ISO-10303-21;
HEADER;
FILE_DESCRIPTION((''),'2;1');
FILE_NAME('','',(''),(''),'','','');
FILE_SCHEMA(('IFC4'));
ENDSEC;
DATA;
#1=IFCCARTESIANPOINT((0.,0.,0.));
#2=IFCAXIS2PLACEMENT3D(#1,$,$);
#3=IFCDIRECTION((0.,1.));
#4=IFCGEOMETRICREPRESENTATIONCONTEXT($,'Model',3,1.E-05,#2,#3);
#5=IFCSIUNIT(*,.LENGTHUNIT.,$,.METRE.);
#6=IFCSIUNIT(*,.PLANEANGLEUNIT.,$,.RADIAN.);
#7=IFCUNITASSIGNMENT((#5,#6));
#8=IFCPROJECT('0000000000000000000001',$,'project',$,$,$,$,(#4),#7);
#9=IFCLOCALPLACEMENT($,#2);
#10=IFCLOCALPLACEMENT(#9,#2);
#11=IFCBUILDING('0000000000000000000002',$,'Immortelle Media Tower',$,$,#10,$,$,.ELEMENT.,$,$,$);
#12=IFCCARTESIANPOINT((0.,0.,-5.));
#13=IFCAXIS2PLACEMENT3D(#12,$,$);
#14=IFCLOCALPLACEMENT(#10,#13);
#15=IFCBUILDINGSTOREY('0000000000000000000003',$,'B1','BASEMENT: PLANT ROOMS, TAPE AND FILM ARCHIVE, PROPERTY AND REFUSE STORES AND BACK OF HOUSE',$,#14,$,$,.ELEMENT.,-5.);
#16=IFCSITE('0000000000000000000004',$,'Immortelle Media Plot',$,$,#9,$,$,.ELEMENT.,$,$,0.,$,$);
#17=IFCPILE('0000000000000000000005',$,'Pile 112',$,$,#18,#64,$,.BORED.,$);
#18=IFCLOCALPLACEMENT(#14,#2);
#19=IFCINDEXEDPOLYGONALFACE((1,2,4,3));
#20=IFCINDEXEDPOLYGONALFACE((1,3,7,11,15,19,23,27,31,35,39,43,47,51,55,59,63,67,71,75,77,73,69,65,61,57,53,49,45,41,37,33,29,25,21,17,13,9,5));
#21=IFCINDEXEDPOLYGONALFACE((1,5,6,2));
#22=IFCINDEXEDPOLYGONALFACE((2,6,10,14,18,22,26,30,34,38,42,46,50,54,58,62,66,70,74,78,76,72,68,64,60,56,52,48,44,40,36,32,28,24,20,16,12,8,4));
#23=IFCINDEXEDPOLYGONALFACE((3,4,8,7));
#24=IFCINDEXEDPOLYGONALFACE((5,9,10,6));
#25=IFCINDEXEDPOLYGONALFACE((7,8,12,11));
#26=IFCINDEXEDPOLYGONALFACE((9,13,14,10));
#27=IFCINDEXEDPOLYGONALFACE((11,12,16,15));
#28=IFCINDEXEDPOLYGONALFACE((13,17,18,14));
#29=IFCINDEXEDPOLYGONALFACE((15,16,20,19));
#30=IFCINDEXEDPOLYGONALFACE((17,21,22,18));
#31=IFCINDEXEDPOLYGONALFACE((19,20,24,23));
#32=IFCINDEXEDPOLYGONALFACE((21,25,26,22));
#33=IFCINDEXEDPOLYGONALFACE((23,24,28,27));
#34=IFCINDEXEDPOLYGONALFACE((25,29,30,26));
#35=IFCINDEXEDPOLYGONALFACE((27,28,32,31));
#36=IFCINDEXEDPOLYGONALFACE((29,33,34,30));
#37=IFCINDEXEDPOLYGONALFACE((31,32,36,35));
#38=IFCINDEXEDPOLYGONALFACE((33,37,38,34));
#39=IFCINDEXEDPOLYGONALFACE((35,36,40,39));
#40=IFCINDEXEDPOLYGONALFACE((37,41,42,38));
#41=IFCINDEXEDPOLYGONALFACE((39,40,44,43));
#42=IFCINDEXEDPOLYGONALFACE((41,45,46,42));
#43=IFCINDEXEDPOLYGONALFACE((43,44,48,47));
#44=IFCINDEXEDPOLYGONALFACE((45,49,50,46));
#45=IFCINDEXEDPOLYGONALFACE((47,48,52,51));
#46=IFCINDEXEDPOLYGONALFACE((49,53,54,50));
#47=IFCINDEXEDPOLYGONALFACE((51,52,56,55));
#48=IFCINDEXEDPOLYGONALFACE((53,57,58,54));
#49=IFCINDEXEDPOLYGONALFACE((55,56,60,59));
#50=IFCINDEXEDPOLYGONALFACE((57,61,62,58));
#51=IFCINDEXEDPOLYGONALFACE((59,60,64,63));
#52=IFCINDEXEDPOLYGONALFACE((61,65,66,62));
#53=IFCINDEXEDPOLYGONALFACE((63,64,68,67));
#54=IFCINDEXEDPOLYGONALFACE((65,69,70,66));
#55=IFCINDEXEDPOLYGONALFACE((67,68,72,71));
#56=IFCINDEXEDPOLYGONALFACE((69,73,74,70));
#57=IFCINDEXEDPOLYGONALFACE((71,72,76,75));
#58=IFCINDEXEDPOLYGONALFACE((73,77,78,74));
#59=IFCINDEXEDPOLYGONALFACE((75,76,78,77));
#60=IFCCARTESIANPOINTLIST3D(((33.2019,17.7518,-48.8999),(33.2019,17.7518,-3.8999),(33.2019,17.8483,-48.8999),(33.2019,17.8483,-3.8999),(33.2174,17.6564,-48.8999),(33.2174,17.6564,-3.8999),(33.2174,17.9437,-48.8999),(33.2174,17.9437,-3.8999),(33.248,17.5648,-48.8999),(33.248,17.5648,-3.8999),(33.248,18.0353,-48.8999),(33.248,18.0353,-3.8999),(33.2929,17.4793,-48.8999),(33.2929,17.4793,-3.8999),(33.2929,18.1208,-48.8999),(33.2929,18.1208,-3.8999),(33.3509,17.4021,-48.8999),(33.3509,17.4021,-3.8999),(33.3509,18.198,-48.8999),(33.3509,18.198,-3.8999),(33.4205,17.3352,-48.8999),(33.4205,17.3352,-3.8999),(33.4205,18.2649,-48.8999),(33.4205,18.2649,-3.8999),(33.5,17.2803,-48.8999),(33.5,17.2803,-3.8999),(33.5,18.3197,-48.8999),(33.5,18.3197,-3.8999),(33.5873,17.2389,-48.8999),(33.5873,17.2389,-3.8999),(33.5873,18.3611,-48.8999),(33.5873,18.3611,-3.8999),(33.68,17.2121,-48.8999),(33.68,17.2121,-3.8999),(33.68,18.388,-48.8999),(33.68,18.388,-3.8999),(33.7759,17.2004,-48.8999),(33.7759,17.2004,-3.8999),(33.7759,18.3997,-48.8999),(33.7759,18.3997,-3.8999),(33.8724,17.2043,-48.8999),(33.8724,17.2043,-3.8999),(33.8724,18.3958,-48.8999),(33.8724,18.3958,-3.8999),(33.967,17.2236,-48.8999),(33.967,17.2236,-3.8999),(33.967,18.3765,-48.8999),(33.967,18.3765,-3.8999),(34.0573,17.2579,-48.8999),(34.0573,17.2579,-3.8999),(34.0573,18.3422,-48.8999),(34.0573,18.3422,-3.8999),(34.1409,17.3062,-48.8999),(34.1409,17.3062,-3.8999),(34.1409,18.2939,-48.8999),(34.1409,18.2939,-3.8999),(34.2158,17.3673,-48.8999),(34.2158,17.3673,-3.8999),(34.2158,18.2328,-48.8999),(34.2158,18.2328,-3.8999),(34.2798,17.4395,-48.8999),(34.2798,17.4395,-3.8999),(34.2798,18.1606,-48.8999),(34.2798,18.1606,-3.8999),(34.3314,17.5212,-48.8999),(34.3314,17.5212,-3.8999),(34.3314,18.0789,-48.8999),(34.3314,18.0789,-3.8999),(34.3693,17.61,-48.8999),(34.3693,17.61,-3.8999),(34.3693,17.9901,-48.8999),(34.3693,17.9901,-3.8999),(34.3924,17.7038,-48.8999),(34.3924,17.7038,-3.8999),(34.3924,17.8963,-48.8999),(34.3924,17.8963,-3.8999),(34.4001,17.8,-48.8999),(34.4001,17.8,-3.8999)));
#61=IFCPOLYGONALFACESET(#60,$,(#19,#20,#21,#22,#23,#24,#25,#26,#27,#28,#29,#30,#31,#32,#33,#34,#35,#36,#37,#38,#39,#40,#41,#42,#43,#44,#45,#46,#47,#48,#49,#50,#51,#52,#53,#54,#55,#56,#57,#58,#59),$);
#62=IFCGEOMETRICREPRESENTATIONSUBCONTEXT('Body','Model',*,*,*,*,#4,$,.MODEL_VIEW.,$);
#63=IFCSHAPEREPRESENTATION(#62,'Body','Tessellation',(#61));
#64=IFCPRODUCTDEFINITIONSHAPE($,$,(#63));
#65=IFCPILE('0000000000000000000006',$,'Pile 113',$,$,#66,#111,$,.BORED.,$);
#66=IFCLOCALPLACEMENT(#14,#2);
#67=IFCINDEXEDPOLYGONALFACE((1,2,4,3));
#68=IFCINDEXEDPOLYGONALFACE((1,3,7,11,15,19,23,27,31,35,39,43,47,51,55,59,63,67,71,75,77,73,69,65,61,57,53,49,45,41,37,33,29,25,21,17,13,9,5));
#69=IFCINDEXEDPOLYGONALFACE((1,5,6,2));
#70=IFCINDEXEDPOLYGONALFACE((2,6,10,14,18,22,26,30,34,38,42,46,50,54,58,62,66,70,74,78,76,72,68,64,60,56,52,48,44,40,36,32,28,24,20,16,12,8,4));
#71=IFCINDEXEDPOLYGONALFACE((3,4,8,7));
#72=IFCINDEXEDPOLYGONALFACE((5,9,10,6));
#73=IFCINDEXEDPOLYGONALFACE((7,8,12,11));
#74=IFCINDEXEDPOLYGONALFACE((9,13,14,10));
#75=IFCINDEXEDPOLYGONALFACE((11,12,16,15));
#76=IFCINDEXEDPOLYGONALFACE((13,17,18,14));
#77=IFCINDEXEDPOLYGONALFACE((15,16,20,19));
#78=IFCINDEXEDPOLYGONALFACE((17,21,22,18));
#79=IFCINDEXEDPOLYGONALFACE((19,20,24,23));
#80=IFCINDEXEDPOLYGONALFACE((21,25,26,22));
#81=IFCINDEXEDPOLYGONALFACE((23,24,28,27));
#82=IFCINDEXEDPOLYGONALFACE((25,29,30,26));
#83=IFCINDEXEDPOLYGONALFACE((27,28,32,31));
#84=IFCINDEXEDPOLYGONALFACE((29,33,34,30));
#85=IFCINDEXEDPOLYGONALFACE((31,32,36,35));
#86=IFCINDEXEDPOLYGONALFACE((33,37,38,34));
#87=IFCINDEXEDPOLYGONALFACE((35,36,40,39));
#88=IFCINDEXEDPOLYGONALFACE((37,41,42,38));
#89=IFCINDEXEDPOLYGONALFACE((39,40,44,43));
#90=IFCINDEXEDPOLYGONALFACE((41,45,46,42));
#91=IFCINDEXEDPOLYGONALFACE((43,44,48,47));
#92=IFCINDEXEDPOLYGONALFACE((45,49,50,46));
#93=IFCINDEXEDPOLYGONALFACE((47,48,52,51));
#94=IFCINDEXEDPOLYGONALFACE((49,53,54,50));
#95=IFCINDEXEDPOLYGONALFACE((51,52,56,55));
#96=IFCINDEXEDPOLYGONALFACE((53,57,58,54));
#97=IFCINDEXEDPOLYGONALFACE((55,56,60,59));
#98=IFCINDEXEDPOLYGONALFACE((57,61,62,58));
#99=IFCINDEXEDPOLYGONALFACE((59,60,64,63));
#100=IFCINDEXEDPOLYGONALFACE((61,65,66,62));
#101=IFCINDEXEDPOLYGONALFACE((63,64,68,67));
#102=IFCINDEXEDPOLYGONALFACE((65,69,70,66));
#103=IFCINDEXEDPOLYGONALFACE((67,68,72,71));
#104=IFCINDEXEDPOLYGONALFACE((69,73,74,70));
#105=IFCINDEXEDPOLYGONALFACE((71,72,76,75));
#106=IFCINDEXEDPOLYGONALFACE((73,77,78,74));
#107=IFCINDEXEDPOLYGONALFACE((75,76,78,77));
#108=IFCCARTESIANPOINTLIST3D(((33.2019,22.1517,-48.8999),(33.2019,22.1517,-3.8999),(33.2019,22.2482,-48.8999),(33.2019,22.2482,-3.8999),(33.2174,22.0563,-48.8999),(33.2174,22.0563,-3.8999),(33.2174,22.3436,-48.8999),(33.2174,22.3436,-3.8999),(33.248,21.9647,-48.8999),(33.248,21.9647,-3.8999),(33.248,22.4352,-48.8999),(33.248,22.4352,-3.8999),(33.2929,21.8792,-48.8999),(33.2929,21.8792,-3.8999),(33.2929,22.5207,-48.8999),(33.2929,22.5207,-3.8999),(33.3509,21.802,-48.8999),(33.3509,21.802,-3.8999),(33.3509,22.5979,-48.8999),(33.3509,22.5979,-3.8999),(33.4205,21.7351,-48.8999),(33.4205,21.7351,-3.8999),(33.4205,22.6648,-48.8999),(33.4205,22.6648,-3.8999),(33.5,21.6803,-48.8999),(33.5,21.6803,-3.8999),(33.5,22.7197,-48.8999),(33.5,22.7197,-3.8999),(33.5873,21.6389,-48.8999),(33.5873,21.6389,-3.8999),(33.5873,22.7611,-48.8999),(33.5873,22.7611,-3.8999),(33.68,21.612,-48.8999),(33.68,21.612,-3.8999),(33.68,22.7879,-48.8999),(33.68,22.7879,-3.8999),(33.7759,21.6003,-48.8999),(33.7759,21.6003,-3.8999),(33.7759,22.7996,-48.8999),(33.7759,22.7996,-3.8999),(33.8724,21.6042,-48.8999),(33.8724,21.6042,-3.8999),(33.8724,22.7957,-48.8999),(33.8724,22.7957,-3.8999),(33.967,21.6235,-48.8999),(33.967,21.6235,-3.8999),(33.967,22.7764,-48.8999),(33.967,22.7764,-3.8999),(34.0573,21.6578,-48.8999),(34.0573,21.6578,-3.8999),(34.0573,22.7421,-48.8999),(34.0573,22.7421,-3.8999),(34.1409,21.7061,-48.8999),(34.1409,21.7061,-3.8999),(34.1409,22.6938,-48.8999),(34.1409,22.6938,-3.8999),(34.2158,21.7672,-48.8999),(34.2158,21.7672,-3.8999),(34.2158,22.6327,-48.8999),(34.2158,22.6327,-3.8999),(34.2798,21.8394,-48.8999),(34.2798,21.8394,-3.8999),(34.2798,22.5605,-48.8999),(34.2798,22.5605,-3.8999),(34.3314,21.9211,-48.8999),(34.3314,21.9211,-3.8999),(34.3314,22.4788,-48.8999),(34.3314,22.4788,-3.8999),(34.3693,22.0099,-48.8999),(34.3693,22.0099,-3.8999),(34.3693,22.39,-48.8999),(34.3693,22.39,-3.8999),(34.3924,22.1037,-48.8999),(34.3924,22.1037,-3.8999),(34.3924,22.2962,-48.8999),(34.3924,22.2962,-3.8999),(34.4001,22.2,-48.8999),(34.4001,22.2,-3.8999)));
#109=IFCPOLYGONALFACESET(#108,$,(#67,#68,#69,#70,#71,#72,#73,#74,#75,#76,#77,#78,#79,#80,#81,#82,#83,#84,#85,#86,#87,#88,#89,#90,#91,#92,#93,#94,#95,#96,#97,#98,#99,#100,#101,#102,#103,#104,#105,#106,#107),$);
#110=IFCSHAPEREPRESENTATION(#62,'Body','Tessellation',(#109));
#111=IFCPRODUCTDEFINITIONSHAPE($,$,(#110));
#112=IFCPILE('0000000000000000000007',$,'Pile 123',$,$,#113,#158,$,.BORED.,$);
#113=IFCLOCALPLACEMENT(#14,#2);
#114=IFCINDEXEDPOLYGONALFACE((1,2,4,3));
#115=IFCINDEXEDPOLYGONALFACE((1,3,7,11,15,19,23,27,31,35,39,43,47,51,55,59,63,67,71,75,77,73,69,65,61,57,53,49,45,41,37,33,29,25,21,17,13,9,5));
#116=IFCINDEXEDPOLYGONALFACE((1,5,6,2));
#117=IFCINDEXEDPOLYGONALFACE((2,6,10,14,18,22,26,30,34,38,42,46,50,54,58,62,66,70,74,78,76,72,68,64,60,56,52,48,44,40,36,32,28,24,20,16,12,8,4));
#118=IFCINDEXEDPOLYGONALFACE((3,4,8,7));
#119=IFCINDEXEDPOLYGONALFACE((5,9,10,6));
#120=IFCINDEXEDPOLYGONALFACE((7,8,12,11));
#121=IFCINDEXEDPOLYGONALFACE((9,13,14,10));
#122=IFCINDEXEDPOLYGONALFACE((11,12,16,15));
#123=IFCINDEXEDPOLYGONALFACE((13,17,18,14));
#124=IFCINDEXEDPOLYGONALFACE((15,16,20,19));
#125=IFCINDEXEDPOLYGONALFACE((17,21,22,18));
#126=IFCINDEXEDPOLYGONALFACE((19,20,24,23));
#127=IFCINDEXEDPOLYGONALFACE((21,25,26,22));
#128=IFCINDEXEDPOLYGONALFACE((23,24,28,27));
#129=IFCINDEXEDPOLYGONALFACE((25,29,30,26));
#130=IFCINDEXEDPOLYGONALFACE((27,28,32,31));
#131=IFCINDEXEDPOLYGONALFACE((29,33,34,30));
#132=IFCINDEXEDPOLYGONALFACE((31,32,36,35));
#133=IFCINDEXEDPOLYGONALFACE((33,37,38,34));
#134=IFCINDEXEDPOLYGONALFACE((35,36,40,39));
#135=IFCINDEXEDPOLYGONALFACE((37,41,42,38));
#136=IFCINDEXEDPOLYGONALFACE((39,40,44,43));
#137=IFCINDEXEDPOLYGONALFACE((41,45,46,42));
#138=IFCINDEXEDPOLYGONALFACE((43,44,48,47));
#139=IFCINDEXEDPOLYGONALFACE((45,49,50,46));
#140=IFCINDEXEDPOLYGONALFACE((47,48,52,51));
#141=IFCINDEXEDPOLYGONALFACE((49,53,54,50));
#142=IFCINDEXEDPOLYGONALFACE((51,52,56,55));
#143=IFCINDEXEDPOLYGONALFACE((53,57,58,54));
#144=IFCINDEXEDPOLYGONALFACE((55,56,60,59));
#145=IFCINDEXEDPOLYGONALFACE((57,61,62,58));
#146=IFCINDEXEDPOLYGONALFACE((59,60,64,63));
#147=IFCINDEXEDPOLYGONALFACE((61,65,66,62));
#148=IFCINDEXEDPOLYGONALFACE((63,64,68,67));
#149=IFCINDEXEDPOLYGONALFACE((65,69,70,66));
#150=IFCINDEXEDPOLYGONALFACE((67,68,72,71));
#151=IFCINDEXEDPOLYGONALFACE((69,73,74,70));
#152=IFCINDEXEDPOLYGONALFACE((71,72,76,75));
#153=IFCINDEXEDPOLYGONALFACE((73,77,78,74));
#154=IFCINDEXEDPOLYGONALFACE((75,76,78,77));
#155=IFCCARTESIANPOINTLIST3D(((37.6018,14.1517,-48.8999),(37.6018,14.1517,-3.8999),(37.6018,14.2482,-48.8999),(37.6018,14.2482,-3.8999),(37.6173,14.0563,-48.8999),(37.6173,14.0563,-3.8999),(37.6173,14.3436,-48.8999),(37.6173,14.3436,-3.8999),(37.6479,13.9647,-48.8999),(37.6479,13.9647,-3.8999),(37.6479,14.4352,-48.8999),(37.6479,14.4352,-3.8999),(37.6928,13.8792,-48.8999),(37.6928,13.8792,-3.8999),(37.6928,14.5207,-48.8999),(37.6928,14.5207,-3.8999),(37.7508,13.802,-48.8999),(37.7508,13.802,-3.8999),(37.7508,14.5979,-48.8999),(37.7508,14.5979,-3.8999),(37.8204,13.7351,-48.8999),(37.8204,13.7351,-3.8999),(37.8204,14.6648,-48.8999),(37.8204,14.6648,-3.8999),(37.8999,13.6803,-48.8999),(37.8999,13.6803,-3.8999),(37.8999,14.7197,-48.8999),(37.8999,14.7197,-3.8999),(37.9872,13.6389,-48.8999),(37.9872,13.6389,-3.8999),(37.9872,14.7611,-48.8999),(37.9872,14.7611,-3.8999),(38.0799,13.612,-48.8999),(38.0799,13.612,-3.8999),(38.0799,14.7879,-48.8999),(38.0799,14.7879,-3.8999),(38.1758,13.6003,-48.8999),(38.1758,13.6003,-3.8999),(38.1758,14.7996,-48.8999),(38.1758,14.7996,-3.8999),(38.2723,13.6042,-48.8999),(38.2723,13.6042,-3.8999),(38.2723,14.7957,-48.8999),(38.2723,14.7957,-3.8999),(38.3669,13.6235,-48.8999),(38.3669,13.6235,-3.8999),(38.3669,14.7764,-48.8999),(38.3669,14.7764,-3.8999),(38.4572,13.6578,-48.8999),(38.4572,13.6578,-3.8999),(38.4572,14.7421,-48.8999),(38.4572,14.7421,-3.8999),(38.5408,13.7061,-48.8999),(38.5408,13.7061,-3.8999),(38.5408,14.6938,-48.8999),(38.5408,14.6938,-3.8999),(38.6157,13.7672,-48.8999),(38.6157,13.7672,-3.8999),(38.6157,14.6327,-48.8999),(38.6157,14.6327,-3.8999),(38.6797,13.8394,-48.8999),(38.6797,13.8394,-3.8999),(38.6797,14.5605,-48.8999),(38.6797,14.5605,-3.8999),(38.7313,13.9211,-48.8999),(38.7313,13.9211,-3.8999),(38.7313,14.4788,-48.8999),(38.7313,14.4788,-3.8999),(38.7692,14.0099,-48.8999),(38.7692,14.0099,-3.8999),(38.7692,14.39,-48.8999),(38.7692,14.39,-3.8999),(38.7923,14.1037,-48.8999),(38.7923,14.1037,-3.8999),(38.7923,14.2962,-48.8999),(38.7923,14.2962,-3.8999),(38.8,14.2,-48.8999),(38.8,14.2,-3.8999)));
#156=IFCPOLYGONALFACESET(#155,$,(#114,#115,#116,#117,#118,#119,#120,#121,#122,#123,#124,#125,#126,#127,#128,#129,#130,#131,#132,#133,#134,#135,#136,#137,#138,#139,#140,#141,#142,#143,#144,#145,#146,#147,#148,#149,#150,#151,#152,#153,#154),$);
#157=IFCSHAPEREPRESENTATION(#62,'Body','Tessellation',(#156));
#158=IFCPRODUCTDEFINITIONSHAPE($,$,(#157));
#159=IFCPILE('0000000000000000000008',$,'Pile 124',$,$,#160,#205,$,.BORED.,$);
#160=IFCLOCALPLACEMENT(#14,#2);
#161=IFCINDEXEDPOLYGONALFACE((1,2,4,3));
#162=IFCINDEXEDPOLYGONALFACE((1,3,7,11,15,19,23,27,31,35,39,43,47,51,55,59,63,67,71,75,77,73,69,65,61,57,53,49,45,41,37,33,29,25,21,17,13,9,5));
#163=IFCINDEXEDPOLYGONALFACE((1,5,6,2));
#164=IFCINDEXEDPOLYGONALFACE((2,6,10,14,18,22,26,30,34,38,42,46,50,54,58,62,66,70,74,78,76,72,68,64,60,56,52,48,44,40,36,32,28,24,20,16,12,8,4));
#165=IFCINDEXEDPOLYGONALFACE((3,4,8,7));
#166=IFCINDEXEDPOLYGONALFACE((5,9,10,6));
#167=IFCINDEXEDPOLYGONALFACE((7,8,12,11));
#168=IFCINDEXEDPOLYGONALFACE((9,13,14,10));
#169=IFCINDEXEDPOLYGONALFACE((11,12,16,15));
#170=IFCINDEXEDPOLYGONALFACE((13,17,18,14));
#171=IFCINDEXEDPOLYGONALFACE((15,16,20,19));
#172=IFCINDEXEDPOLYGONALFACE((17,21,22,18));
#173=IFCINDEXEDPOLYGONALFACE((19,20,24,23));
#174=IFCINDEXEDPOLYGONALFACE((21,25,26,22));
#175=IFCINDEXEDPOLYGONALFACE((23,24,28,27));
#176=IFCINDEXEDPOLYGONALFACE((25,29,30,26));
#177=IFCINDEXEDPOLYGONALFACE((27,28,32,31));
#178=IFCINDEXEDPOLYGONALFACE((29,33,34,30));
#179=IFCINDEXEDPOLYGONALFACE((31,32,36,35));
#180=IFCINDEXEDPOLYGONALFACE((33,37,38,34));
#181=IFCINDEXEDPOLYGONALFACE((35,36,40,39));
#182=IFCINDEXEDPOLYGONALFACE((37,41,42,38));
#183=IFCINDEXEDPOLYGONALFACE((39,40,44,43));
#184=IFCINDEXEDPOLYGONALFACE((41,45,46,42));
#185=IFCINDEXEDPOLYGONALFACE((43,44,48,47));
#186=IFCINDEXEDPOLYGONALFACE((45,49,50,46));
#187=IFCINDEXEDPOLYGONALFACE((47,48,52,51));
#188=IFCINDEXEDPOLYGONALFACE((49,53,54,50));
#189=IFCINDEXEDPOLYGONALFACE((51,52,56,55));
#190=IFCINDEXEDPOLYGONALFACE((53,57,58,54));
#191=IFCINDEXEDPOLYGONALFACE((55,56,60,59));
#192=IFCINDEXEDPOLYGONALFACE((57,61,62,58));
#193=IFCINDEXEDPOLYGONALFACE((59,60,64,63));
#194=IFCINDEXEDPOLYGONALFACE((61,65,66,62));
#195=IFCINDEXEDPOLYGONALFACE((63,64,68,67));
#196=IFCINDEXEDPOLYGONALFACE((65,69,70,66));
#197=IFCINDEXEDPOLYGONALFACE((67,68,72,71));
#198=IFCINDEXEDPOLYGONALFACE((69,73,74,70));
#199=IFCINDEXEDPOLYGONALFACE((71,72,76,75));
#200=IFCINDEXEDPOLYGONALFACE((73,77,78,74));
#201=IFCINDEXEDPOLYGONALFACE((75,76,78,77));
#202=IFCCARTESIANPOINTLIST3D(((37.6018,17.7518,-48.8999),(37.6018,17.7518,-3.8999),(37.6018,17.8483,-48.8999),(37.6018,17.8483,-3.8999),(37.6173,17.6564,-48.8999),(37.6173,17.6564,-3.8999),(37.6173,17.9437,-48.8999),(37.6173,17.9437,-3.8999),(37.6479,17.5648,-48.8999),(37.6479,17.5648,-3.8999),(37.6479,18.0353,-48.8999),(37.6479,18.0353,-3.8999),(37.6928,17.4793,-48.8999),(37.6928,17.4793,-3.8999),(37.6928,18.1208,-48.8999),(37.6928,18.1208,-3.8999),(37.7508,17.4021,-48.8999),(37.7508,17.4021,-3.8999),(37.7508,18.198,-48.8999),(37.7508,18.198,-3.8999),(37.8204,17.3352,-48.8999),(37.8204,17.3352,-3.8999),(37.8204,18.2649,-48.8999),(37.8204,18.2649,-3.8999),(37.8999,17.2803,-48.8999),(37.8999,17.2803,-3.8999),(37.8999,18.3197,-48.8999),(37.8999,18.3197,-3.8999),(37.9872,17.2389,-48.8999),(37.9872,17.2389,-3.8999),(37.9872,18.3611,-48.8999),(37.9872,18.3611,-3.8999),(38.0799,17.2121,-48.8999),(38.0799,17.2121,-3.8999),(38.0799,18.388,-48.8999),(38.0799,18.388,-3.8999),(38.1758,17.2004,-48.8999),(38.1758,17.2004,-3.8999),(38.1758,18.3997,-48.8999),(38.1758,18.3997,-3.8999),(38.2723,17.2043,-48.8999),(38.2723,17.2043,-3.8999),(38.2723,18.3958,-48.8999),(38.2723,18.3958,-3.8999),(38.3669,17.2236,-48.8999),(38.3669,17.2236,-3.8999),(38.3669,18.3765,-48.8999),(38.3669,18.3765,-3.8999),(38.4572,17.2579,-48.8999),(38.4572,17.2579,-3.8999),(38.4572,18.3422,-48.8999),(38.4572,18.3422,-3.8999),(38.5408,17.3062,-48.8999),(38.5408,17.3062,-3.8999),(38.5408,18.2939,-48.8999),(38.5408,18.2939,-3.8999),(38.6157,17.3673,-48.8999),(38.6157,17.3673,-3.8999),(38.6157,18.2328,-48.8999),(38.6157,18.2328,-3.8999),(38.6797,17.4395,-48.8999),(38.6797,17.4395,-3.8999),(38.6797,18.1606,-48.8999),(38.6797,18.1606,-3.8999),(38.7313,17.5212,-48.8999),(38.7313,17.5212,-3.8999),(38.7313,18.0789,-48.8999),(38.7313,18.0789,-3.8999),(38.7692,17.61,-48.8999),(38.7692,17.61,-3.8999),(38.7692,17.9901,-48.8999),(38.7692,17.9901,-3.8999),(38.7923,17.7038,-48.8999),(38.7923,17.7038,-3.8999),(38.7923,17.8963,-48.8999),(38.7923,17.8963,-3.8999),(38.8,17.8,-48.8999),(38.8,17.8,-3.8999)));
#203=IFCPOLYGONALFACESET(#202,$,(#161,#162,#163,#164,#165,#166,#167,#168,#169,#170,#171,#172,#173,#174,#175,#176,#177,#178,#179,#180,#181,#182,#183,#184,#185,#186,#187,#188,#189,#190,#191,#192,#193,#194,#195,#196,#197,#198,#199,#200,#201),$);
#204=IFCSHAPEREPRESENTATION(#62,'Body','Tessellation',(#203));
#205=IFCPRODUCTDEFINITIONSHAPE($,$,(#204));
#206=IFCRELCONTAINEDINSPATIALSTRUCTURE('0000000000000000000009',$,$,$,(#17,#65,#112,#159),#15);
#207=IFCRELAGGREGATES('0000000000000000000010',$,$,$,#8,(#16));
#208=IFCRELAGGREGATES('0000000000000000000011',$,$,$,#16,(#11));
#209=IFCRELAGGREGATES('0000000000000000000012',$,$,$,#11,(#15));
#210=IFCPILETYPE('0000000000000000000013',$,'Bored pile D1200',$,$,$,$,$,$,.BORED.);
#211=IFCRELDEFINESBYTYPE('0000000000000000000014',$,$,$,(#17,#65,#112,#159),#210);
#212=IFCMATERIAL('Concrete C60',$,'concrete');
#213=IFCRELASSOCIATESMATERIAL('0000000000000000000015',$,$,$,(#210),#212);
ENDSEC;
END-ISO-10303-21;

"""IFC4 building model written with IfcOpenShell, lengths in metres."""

from ifc_helpers import new_model, si_unit, direction, frame, origin, origin_2d, place, context, subcontext, project, spatial, circle, extrude, material, material_profile, profile_set, type_object, element, save


model = new_model("IFC4")

# Units and contexts
model_context = context("Model", 3, precision=1e-05, world=origin(), true_north=direction((0.0, 1.0)))
body_context = subcontext(model_context, "Body", "Model", "MODEL_VIEW")
ifc_project = project(units=[si_unit("LENGTHUNIT", "METRE"), si_unit("PLANEANGLEUNIT", "RADIAN")], contexts=[model_context])

# Site, building, storey
site_placement = place(None, origin())
site = spatial("IfcSite", under=ifc_project, at=site_placement, Name="Immortelle Media Plot", CompositionType="ELEMENT", RefElevation=0.0)
building_placement = place(site_placement, origin())
building = spatial("IfcBuilding", under=site, at=building_placement, Name="Immortelle Media Tower", CompositionType="ELEMENT")
storey_placement = place(building_placement, frame((0.0, 0.0, -5.0)))
storey = spatial("IfcBuildingStorey", under=building, at=storey_placement, Name="B1", Description="BASEMENT: PLANT ROOMS, TAPE AND FILM ARCHIVE, PROPERTY AND REFUSE STORES AND BACK OF HOUSE", CompositionType="ELEMENT", Elevation=-5.0)

# Piles
ifc_material_1 = material(Name="Concrete C60", Category="concrete")
ifc_material_profile_1 = material_profile(ifc_material_1, circle(Radius=0.6001, at=origin_2d()), Name="Bored pile D1200")
ifc_profile_set_1 = profile_set([ifc_material_profile_1], Name="Concrete C60")
pile_type = type_object("IfcPileType", Name="Bored pile D1200", PredefinedType="BORED", material=ifc_profile_set_1)
for number, where, z_axis, x_axis, name in (
    (1, (33.8, 17.8, -3.8999), (0.0, 0.0, -1.0), (1.0, 0.0, 0.0), "Pile 112"),
    (2, (33.8, 22.2, -3.8999), (0.0, 0.0, -1.0), (1.0, 0.0, 0.0), "Pile 113"),
    (3, (38.2, 14.2, -3.8999), (0.0, 0.0, -1.0), (1.0, 0.0, 0.0), "Pile 123"),
    (4, (38.2, 17.8, -3.8999), (0.0, 0.0, -1.0), (1.0, 0.0, 0.0), "Pile 124"),
):
    element("IfcPile", number, at=place(storey_placement, frame(where, z_axis=z_axis, x_axis=x_axis)), inside=storey, type_object=pile_type, Name=name, PredefinedType="BORED", context=body_context, shape_type="SweptSolid", body=[
        extrude(circle(Radius=0.6001, at=origin_2d()), origin(), (0.0, 0.0, 1.0), 45.0),
    ])

save(model, "model.ifc")
